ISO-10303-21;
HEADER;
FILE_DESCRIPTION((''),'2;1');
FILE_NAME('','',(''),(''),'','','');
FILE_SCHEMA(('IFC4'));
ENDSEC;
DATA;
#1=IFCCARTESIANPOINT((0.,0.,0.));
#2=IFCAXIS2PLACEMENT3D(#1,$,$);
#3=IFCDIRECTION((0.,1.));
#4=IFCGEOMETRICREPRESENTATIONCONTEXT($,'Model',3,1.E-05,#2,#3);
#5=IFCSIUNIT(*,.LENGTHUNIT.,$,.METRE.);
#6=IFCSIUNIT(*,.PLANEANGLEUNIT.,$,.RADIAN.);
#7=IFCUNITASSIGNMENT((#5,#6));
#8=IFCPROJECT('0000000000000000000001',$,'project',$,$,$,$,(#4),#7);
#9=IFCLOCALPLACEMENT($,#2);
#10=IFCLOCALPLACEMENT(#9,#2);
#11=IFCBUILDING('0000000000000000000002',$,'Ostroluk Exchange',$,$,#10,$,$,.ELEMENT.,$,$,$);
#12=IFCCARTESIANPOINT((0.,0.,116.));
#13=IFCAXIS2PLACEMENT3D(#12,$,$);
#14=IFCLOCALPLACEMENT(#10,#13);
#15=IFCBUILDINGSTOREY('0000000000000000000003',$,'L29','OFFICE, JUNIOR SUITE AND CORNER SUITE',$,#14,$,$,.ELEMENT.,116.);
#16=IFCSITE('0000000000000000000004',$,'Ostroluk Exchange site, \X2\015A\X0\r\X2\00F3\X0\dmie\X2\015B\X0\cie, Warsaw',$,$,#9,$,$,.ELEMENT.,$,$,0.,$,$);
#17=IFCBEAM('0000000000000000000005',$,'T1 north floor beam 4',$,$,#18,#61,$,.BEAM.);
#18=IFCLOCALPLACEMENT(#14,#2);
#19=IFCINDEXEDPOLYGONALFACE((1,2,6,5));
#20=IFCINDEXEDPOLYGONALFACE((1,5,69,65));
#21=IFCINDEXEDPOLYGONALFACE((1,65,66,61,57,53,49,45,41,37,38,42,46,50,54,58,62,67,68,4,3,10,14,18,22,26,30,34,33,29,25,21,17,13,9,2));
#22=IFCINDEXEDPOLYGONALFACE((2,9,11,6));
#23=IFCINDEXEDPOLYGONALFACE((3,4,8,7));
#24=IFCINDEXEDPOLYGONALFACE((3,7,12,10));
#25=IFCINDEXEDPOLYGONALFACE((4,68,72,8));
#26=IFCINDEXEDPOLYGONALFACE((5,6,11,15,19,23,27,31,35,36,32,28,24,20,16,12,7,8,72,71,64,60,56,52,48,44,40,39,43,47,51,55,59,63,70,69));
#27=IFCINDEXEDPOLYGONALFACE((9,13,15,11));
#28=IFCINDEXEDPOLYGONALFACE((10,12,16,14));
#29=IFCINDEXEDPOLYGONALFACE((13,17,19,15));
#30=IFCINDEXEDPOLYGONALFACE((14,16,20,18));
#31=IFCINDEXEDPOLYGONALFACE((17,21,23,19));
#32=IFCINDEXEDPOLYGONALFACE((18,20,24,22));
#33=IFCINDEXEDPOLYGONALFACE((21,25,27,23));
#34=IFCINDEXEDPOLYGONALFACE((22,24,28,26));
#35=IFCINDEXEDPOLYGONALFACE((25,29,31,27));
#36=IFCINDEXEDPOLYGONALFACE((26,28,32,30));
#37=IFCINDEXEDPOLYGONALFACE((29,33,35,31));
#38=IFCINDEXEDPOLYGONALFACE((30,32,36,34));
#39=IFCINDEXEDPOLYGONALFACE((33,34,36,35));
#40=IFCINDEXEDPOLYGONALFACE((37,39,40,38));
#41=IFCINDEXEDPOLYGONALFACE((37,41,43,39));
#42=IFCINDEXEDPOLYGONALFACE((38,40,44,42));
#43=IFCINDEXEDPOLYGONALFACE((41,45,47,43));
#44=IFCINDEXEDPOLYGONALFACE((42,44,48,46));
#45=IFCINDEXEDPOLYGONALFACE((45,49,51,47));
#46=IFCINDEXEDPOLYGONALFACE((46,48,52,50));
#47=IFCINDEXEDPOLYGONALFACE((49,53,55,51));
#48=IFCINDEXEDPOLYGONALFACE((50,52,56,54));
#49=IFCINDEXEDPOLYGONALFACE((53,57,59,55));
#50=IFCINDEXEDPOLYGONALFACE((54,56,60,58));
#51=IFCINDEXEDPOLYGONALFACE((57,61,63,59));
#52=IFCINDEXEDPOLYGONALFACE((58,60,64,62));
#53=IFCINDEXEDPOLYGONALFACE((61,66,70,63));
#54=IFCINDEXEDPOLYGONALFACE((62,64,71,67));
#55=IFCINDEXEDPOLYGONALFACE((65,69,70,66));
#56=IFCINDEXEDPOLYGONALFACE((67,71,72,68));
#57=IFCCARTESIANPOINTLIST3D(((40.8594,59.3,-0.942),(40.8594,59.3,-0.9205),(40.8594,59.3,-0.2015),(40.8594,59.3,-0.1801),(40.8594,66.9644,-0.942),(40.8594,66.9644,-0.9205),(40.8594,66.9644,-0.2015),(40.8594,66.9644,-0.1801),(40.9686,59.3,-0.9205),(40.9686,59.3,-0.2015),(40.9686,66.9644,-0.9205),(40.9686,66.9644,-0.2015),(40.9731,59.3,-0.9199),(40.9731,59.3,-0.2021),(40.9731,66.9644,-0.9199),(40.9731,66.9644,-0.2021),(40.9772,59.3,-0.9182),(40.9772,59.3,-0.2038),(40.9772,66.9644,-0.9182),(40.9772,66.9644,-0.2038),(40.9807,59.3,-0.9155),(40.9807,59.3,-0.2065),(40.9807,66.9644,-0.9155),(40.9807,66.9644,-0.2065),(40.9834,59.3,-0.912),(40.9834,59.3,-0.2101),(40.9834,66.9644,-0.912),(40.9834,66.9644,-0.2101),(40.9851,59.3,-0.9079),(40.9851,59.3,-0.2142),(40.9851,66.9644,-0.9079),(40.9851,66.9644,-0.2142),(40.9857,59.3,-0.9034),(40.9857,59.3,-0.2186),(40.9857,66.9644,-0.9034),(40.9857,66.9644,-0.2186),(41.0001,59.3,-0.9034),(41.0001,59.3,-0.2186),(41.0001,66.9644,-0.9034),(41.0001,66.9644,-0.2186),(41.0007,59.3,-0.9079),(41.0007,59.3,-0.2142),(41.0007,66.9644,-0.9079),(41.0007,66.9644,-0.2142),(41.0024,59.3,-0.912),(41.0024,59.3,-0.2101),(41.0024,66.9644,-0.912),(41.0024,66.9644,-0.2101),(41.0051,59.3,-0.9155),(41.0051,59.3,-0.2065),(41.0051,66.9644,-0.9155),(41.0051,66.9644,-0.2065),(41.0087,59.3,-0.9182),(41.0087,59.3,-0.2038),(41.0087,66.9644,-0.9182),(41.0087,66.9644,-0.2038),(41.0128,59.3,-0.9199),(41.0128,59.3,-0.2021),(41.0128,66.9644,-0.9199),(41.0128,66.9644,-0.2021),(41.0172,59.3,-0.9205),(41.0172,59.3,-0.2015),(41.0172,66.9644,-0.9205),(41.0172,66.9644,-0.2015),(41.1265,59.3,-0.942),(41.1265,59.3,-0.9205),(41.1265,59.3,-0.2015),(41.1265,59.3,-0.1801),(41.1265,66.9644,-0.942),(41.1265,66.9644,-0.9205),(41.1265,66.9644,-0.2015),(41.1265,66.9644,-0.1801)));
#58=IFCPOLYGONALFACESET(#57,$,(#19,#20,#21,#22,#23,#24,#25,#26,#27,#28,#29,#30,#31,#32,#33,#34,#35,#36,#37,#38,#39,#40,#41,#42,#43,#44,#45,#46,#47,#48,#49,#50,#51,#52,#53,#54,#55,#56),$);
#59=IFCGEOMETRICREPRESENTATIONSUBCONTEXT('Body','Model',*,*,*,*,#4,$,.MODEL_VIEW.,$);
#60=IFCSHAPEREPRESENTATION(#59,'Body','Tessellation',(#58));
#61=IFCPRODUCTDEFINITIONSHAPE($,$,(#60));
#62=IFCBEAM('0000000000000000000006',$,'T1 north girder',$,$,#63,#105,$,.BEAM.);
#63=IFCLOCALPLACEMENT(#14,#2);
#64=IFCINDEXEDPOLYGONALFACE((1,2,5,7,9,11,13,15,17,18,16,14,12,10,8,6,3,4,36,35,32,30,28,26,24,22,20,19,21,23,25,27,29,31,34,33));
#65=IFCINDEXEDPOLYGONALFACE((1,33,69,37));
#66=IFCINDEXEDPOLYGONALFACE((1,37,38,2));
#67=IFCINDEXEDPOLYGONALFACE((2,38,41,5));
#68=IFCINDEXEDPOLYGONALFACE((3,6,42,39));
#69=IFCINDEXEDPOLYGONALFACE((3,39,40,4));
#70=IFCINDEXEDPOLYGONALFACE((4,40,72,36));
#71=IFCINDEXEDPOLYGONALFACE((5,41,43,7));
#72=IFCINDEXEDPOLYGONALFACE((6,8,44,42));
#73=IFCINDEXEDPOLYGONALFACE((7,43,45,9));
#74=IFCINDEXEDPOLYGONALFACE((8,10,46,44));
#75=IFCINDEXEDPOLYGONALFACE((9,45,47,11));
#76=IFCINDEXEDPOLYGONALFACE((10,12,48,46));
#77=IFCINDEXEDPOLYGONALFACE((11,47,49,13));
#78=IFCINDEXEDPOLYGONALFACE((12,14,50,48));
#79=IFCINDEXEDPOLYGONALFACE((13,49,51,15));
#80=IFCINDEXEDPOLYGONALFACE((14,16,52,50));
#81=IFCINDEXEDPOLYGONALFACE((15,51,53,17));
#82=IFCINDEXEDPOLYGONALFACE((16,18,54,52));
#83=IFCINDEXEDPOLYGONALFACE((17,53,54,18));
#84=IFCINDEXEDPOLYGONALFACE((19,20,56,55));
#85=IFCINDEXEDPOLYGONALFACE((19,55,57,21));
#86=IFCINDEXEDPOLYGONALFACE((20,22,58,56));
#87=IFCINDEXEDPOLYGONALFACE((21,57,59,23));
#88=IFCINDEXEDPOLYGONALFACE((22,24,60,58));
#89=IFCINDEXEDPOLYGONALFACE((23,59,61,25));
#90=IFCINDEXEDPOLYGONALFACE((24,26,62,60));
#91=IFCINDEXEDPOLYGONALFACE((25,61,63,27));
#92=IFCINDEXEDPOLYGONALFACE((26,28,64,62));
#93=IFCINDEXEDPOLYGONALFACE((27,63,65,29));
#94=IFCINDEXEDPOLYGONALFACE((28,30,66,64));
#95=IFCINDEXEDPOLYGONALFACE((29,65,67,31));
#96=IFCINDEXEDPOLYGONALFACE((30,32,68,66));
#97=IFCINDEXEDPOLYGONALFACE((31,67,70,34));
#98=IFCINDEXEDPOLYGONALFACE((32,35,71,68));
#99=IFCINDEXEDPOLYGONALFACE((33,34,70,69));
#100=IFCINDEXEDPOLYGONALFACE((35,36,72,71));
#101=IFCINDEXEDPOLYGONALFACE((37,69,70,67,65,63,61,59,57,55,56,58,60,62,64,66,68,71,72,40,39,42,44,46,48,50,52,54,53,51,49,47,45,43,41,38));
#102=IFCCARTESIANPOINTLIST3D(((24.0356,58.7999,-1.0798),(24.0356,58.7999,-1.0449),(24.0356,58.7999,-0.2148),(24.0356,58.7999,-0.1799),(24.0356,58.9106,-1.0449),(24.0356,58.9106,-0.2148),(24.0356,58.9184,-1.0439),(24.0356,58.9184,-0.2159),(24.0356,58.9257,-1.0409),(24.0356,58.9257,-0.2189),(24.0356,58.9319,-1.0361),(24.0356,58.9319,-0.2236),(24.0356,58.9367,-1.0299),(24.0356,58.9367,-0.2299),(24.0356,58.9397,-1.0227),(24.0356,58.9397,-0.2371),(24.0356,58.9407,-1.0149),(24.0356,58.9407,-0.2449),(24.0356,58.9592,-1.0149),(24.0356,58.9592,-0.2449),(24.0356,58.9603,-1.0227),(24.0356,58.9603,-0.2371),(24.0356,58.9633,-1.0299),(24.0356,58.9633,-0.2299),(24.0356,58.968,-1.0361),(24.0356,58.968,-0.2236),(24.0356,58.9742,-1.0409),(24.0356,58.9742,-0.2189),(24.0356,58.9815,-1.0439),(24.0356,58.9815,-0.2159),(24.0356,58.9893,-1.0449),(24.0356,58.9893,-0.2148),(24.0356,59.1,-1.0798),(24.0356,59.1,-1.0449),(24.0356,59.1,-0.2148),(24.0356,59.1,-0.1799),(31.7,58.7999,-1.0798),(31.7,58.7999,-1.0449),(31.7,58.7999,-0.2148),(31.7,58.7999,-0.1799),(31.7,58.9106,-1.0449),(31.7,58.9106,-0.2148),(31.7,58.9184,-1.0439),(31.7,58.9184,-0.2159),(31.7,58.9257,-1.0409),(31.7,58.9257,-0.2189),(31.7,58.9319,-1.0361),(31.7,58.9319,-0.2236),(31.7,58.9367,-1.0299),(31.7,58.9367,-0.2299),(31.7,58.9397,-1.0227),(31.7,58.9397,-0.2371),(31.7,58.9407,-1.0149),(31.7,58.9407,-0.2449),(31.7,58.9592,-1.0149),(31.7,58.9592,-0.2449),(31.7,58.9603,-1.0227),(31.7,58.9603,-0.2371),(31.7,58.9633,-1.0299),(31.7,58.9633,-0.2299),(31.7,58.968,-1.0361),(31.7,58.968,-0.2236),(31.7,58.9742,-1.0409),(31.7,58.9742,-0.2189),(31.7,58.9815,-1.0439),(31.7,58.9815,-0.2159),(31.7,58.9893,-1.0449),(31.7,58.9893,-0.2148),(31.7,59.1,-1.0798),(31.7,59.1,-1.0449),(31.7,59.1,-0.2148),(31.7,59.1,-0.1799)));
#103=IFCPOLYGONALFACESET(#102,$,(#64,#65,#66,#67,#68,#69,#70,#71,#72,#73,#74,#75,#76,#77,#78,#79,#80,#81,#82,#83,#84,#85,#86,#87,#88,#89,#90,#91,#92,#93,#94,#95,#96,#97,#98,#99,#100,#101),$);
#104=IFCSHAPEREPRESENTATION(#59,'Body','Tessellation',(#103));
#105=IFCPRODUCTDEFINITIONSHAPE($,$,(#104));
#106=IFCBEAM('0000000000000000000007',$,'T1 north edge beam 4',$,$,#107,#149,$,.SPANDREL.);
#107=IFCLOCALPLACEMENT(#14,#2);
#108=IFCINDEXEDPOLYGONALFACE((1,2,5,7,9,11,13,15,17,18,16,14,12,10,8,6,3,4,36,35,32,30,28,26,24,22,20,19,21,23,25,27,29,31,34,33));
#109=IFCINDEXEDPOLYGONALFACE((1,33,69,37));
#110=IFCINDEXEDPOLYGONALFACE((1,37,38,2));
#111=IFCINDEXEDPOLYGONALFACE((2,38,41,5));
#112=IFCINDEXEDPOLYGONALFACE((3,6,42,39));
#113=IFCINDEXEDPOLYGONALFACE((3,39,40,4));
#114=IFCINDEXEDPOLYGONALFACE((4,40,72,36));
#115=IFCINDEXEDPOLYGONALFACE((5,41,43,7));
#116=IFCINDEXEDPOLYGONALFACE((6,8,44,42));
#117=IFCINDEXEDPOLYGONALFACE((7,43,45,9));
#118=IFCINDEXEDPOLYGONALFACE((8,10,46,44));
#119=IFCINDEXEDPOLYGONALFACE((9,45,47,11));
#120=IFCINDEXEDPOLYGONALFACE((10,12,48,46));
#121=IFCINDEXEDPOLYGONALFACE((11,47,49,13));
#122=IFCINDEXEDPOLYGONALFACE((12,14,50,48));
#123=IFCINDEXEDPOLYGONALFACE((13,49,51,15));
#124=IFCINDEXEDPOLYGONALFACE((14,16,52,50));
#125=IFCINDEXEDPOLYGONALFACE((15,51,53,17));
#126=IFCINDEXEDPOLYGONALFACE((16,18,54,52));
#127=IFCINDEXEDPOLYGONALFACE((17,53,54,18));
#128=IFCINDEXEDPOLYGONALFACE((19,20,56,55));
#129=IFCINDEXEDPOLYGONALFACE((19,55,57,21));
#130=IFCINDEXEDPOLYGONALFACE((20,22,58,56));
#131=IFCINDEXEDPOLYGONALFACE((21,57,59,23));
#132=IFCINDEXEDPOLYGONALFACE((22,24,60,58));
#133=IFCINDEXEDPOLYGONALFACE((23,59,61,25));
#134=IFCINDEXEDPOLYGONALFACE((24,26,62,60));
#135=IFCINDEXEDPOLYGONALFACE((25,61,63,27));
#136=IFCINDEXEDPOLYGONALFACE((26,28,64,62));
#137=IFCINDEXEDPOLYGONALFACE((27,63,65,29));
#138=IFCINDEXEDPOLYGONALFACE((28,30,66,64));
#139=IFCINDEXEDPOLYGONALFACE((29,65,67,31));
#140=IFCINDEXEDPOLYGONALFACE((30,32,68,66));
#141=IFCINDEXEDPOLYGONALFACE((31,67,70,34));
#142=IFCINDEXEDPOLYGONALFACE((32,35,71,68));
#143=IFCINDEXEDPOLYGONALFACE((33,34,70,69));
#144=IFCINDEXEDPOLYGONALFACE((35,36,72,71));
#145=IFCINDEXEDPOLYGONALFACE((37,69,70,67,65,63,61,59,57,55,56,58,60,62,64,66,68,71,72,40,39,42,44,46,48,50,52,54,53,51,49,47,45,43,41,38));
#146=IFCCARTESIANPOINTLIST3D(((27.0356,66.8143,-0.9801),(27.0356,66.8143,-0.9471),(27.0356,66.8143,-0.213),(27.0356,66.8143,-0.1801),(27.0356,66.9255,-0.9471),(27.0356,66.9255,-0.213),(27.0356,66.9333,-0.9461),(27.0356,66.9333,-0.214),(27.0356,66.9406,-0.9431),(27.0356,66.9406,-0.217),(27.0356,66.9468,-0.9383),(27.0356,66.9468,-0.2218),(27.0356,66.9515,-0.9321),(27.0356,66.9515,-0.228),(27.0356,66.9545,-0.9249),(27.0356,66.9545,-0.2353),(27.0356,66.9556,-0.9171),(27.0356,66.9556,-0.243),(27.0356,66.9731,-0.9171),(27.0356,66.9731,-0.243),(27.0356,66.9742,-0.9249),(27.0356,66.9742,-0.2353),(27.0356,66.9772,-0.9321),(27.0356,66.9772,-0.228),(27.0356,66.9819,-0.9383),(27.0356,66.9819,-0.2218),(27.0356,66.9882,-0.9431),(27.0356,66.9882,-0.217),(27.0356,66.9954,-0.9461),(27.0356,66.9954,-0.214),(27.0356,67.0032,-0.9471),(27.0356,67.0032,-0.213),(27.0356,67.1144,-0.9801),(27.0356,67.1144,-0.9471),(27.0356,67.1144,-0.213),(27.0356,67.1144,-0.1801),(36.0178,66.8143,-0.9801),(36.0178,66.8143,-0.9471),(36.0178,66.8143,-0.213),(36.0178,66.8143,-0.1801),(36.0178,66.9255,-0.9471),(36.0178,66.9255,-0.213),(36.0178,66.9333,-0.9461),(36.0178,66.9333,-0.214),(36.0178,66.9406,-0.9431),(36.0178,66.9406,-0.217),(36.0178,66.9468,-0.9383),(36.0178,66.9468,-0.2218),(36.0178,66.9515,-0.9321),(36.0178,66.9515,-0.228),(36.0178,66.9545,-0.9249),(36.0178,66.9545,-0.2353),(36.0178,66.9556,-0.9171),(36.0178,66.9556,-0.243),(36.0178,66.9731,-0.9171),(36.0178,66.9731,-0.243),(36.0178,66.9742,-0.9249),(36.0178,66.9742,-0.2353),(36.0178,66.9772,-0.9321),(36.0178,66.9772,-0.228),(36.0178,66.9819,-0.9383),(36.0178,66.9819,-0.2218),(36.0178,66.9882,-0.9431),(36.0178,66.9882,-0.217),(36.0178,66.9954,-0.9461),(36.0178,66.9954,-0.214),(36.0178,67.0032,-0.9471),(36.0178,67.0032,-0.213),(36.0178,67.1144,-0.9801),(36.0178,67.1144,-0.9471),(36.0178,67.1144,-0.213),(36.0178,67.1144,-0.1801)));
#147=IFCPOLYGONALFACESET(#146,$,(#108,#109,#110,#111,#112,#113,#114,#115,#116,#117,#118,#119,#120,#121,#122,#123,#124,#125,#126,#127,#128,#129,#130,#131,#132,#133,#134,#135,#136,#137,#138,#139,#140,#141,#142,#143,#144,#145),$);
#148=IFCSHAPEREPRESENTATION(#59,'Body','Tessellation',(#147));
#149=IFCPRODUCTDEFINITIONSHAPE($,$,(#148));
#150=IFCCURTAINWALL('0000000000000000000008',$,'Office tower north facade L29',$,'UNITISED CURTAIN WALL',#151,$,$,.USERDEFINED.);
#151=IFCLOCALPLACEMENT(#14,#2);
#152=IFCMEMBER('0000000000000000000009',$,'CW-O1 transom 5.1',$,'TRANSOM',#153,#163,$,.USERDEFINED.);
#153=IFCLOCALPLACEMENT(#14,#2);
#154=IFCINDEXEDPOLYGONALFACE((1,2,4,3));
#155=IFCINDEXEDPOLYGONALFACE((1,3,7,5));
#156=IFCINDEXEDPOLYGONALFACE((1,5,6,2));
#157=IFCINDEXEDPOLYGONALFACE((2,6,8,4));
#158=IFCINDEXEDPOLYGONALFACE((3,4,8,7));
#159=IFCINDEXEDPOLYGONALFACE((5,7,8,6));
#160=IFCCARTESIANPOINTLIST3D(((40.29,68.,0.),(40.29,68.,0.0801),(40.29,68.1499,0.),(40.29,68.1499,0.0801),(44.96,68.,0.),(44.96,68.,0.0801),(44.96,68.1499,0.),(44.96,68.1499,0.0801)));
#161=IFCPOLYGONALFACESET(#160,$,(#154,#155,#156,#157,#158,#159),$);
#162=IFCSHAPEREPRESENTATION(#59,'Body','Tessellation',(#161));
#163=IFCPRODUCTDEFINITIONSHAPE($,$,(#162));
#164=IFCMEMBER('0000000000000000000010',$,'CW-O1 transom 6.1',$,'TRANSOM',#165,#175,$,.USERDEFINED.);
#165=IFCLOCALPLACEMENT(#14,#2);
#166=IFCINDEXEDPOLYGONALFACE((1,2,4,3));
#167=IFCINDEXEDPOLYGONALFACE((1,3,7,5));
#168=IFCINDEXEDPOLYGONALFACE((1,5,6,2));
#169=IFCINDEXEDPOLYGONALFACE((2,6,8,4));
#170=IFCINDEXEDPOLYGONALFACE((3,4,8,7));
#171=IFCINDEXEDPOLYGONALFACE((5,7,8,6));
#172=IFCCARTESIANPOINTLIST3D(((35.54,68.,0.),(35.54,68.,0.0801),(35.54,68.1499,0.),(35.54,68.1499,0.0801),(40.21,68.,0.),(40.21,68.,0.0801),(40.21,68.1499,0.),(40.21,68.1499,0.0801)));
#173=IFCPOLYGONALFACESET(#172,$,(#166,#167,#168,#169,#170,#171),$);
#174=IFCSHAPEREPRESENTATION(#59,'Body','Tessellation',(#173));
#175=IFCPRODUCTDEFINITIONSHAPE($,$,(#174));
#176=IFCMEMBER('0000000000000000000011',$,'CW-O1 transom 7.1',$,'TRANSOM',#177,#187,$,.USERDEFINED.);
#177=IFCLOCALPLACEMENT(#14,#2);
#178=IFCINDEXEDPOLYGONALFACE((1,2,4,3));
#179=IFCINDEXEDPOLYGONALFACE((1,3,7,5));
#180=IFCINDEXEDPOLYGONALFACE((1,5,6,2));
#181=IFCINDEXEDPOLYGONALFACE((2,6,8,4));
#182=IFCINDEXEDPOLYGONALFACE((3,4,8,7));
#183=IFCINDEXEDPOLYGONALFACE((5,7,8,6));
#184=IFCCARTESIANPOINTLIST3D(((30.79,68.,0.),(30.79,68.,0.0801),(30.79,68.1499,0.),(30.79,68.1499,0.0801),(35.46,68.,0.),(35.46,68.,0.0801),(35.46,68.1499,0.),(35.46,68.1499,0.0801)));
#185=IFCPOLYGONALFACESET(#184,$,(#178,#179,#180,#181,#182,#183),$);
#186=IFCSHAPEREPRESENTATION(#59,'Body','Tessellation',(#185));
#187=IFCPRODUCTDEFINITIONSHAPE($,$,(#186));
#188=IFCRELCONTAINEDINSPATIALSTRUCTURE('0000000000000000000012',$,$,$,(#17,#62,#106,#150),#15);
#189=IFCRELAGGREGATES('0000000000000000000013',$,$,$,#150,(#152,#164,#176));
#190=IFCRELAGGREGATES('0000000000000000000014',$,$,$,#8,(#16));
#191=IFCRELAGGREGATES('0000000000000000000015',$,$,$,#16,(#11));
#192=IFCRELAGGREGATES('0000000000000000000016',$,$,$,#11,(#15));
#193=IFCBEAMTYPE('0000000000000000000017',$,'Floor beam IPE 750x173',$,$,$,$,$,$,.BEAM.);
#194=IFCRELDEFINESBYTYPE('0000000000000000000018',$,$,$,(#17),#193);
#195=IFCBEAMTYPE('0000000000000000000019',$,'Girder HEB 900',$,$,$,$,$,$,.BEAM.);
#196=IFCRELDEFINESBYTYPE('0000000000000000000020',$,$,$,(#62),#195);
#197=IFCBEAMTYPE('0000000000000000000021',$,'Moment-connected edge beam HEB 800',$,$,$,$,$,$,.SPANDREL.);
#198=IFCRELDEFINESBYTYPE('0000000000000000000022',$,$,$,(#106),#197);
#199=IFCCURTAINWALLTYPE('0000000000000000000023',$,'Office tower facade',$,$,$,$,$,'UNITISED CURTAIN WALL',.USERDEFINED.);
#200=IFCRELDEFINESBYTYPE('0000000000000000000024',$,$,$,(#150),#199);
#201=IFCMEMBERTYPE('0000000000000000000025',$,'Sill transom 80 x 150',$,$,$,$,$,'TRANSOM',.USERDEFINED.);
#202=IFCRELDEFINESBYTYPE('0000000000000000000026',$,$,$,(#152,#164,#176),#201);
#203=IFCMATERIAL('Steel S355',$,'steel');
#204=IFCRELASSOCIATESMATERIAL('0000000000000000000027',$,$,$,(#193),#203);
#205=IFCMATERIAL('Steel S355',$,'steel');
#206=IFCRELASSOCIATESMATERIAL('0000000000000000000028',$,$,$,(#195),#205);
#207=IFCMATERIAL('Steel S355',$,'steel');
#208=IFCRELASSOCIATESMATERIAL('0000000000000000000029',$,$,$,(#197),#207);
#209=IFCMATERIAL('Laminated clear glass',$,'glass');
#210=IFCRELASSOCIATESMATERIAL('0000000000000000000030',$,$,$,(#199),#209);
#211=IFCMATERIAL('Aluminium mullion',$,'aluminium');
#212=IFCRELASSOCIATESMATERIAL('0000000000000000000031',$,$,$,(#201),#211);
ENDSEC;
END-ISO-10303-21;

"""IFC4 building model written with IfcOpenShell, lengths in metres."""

from ifc_helpers import new_model, si_unit, direction, frame, origin, origin_2d, place, context, subcontext, project, spatial, rectangle, i_section, extrude, material, material_profile, profile_set, type_object, element, aggregate, save


model = new_model("IFC4")

# Units and contexts
model_context = context("Model", 3, precision=1e-05, world=origin(), true_north=direction((0.0, 1.0)))
body_context = subcontext(model_context, "Body", "Model", "MODEL_VIEW")
ifc_project = project(units=[si_unit("LENGTHUNIT", "METRE"), si_unit("PLANEANGLEUNIT", "RADIAN")], contexts=[model_context])

# Site, building, storey
site_placement = place(None, origin())
site = spatial("IfcSite", under=ifc_project, at=site_placement, Name="Ostroluk Exchange site, Śródmieście, Warsaw", CompositionType="ELEMENT", RefElevation=0.0)
building_placement = place(site_placement, origin())
building = spatial("IfcBuilding", under=site, at=building_placement, Name="Ostroluk Exchange", CompositionType="ELEMENT")
storey_placement = place(building_placement, frame((0.0, 0.0, 116.0)))
storey = spatial("IfcBuildingStorey", under=building, at=storey_placement, Name="L29", Description="OFFICE, JUNIOR SUITE AND CORNER SUITE", CompositionType="ELEMENT", Elevation=116.0)

# Beams
ifc_material_1 = material(Name="Steel S355", Category="steel")
ifc_material_profile_1 = material_profile(ifc_material_1, i_section(OverallWidth=0.2671, OverallDepth=0.762, WebThickness=0.0144, FlangeThickness=0.0215, FilletRadius=0.0171, at=origin_2d()), Name="IPE 750x173")
ifc_profile_set_1 = profile_set([ifc_material_profile_1], Name="Steel S355")
beam_type_1 = type_object("IfcBeamType", Name="Floor beam IPE 750x173", PredefinedType="BEAM", material=ifc_profile_set_1)
beam_1_placement = place(storey_placement, frame((40.9929, 59.3, -0.561), z_axis=(0.0, 1.0, 0.0), x_axis=(-1.0, 0.0, 0.0)))
element("IfcBeam", 1, at=beam_1_placement, inside=storey, type_object=beam_type_1, Name="T1 north floor beam 4", PredefinedType="BEAM", context=body_context, shape_type="SweptSolid", body=[
    extrude(i_section(OverallWidth=0.2671, OverallDepth=0.762, WebThickness=0.0144, FlangeThickness=0.0215, FilletRadius=0.0171, at=origin_2d()), origin(), (0.0, 0.0, 1.0), 7.6643),
])
ifc_material_2 = material(Name="Steel S355", Category="steel")
ifc_material_profile_2 = material_profile(ifc_material_2, i_section(OverallWidth=0.3, OverallDepth=0.8999, WebThickness=0.0186, FlangeThickness=0.0349, FilletRadius=0.03, at=origin_2d()), Name="HEB 900")
ifc_profile_set_2 = profile_set([ifc_material_profile_2], Name="Steel S355")
beam_type_2 = type_object("IfcBeamType", Name="Girder HEB 900", PredefinedType="BEAM", material=ifc_profile_set_2)
beam_2_placement = place(storey_placement, frame((31.7, 58.95, -0.6299), z_axis=(-1.0, 0.0, 0.0), x_axis=(0.0, -1.0, 0.0)))
element("IfcBeam", 2, at=beam_2_placement, inside=storey, type_object=beam_type_2, Name="T1 north girder", PredefinedType="BEAM", context=body_context, shape_type="SweptSolid", body=[
    extrude(i_section(OverallWidth=0.3, OverallDepth=0.8999, WebThickness=0.0186, FlangeThickness=0.0349, FilletRadius=0.03, at=origin_2d()), origin(), (0.0, 0.0, 1.0), 7.6643),
])
ifc_material_3 = material(Name="Steel S355", Category="steel")
ifc_material_profile_3 = material_profile(ifc_material_3, i_section(OverallWidth=0.3, OverallDepth=0.8, WebThickness=0.0176, FlangeThickness=0.033, FilletRadius=0.03, at=origin_2d()), Name="HEB 800")
ifc_profile_set_3 = profile_set([ifc_material_profile_3], Name="Steel S355")
beam_type_3 = type_object("IfcBeamType", Name="Moment-connected edge beam HEB 800", PredefinedType="SPANDREL", material=ifc_profile_set_3)
beam_3_placement = place(storey_placement, frame((36.0178, 66.9644, -0.5801), z_axis=(-1.0, 0.0, 0.0), x_axis=(0.0, -1.0, 0.0)))
element("IfcBeam", 3, at=beam_3_placement, inside=storey, type_object=beam_type_3, Name="T1 north edge beam 4", PredefinedType="SPANDREL", context=body_context, shape_type="SweptSolid", body=[
    extrude(i_section(OverallWidth=0.3, OverallDepth=0.8, WebThickness=0.0176, FlangeThickness=0.033, FilletRadius=0.03, at=origin_2d()), origin(), (0.0, 0.0, 1.0), 8.9822),
])

# Curtain wall, members
ifc_material_4 = material(Name="Laminated clear glass", Category="glass")
curtain_wall_type = type_object("IfcCurtainWallType", Name="Office tower facade", ElementType="UNITISED CURTAIN WALL", PredefinedType="USERDEFINED", material=ifc_material_4)
curtain_wall_placement = place(storey_placement, origin())
curtain_wall = element("IfcCurtainWall", 4, at=curtain_wall_placement, inside=storey, type_object=curtain_wall_type, Name="Office tower north facade L29", ObjectType="UNITISED CURTAIN WALL", PredefinedType="USERDEFINED")
ifc_material_5 = material(Name="Aluminium mullion", Category="aluminium")
ifc_material_profile_4 = material_profile(ifc_material_5, rectangle(XDim=0.1499, YDim=0.0801, at=origin_2d()), Name="Sill transom 80 x 150")
ifc_profile_set_4 = profile_set([ifc_material_profile_4], Name="Aluminium mullion")
member_type_1 = type_object("IfcMemberType", Name="Sill transom 80 x 150", ElementType="TRANSOM", PredefinedType="USERDEFINED", material=ifc_profile_set_4)
member_1_placement = place(storey_placement, frame((44.96, 68.075, 0.04), z_axis=(-1.0, 0.0, 0.0), x_axis=(0.0, -1.0, 0.0)))
member_1 = element("IfcMember", 5, at=member_1_placement, type_object=member_type_1, Name="CW-O1 transom 5.1", ObjectType="TRANSOM", PredefinedType="USERDEFINED", context=body_context, shape_type="SweptSolid", body=[
    extrude(rectangle(XDim=0.1499, YDim=0.0801, at=origin_2d()), origin(), (0.0, 0.0, 1.0), 4.6699),
])
member_2_placement = place(storey_placement, frame((40.21, 68.075, 0.04), z_axis=(-1.0, 0.0, 0.0), x_axis=(0.0, -1.0, 0.0)))
member_2 = element("IfcMember", 6, at=member_2_placement, type_object=member_type_1, Name="CW-O1 transom 6.1", ObjectType="TRANSOM", PredefinedType="USERDEFINED", context=body_context, shape_type="SweptSolid", body=[
    extrude(rectangle(XDim=0.1499, YDim=0.0801, at=origin_2d()), origin(), (0.0, 0.0, 1.0), 4.6699),
])
member_3_placement = place(storey_placement, frame((35.46, 68.075, 0.04), z_axis=(-1.0, 0.0, 0.0), x_axis=(0.0, -1.0, 0.0)))
member_3 = element("IfcMember", 7, at=member_3_placement, type_object=member_type_1, Name="CW-O1 transom 7.1", ObjectType="TRANSOM", PredefinedType="USERDEFINED", context=body_context, shape_type="SweptSolid", body=[
    extrude(rectangle(XDim=0.1499, YDim=0.0801, at=origin_2d()), origin(), (0.0, 0.0, 1.0), 4.6699),
])
aggregate(curtain_wall, [member_1, member_2, member_3])

save(model, "model.ifc")
